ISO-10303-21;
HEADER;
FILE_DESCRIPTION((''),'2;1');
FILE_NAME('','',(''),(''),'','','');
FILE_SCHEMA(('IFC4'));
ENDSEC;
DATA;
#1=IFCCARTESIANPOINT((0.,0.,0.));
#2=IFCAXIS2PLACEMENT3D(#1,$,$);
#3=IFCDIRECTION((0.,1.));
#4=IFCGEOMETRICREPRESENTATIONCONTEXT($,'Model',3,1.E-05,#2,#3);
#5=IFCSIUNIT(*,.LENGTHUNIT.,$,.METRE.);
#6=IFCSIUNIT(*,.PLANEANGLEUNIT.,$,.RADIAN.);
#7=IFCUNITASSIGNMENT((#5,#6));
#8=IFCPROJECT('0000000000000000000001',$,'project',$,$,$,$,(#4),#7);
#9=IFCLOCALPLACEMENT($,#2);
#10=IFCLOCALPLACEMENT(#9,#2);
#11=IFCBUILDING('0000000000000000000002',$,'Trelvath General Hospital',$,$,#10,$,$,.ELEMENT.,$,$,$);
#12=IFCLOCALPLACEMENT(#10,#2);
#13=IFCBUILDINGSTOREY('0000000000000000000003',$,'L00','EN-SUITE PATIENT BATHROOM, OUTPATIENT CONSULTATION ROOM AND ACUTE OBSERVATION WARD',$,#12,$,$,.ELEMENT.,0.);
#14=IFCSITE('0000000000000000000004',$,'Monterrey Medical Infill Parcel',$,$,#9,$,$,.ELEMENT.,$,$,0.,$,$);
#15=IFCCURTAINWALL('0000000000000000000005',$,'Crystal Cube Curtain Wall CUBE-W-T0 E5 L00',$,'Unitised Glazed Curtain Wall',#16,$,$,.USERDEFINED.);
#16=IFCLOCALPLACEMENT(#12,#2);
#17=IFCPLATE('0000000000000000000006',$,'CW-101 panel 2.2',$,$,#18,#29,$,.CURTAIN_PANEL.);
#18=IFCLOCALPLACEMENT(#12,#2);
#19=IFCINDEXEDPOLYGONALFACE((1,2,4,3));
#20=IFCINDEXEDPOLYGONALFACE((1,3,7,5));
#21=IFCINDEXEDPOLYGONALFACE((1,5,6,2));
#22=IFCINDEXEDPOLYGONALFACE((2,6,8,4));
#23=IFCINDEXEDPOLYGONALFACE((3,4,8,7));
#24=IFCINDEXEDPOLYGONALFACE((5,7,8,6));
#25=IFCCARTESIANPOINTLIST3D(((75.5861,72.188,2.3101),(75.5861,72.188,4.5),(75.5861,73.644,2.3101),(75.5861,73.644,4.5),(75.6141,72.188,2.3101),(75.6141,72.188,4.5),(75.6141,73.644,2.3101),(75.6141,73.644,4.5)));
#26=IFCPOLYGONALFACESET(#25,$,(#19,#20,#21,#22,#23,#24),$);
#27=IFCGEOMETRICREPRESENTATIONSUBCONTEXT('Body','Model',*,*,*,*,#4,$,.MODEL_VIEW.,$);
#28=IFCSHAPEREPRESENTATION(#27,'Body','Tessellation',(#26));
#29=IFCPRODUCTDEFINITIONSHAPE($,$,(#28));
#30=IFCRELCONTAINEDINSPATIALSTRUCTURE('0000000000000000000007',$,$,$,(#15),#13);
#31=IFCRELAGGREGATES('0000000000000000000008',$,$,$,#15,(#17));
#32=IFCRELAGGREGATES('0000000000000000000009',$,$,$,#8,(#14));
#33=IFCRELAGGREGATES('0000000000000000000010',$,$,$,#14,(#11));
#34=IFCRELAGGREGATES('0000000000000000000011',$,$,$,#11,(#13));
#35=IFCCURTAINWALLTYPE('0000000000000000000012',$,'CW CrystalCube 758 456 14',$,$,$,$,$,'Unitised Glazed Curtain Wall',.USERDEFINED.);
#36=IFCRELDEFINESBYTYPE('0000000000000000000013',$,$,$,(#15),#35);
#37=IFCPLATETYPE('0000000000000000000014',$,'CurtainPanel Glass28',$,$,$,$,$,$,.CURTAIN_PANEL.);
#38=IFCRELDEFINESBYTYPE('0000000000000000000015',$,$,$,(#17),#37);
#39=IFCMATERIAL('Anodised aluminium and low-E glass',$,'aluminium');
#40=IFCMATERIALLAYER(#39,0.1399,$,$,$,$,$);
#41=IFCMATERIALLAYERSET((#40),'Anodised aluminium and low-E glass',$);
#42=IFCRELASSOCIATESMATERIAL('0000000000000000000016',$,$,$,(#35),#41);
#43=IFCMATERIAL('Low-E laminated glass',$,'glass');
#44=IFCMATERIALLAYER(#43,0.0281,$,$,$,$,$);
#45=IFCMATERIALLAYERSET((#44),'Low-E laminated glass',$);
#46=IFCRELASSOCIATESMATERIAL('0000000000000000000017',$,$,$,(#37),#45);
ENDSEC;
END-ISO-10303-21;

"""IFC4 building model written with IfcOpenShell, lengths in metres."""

from ifc_helpers import new_model, si_unit, direction, frame, origin, origin_2d, place, context, subcontext, project, spatial, rectangle, extrude, material, layer, layer_set, type_object, element, aggregate, save


model = new_model("IFC4")

# Units and contexts
model_context = context("Model", 3, precision=1e-05, world=origin(), true_north=direction((0.0, 1.0)))
body_context = subcontext(model_context, "Body", "Model", "MODEL_VIEW")
ifc_project = project(units=[si_unit("LENGTHUNIT", "METRE"), si_unit("PLANEANGLEUNIT", "RADIAN")], contexts=[model_context])

# Site, building, storey
site_placement = place(None, origin())
site = spatial("IfcSite", under=ifc_project, at=site_placement, Name="Monterrey Medical Infill Parcel", CompositionType="ELEMENT", RefElevation=0.0)
building_placement = place(site_placement, origin())
building = spatial("IfcBuilding", under=site, at=building_placement, Name="Trelvath General Hospital", CompositionType="ELEMENT")
storey_placement = place(building_placement, origin())
storey = spatial("IfcBuildingStorey", under=building, at=storey_placement, Name="L00", Description="EN-SUITE PATIENT BATHROOM, OUTPATIENT CONSULTATION ROOM AND ACUTE OBSERVATION WARD", CompositionType="ELEMENT", Elevation=0.0)

# Curtain wall, plate
ifc_material_1 = material(Name="Anodised aluminium and low-E glass", Category="aluminium")
ifc_layer_1 = layer(ifc_material_1, 0.1399)
ifc_layer_set_1 = layer_set([ifc_layer_1], Name="Anodised aluminium and low-E glass")
curtain_wall_type = type_object("IfcCurtainWallType", Name="CW CrystalCube 758 456 14", ElementType="Unitised Glazed Curtain Wall", PredefinedType="USERDEFINED", material=ifc_layer_set_1)
curtain_wall_placement = place(storey_placement, origin())
curtain_wall = element("IfcCurtainWall", 1, at=curtain_wall_placement, inside=storey, type_object=curtain_wall_type, Name="Crystal Cube Curtain Wall CUBE-W-T0 E5 L00", ObjectType="Unitised Glazed Curtain Wall", PredefinedType="USERDEFINED")
ifc_material_2 = material(Name="Low-E laminated glass", Category="glass")
ifc_layer_2 = layer(ifc_material_2, 0.0281)
ifc_layer_set_2 = layer_set([ifc_layer_2], Name="Low-E laminated glass")
plate_type = type_object("IfcPlateType", Name="CurtainPanel Glass28", PredefinedType="CURTAIN_PANEL", material=ifc_layer_set_2)
plate_1_placement = place(storey_placement, frame((75.6001, 72.916, 2.3101), z_axis=(0.0, 0.0, 1.0), x_axis=(0.0, -1.0, 0.0)))
plate_1 = element("IfcPlate", 2, at=plate_1_placement, type_object=plate_type, Name="CW-101 panel 2.2", PredefinedType="CURTAIN_PANEL", context=body_context, shape_type="SweptSolid", body=[
    extrude(rectangle(XDim=1.4561, YDim=0.0281, at=origin_2d()), origin(), (0.0, 0.0, 1.0), 2.1899),
])
aggregate(curtain_wall, [plate_1])

save(model, "model.ifc")
